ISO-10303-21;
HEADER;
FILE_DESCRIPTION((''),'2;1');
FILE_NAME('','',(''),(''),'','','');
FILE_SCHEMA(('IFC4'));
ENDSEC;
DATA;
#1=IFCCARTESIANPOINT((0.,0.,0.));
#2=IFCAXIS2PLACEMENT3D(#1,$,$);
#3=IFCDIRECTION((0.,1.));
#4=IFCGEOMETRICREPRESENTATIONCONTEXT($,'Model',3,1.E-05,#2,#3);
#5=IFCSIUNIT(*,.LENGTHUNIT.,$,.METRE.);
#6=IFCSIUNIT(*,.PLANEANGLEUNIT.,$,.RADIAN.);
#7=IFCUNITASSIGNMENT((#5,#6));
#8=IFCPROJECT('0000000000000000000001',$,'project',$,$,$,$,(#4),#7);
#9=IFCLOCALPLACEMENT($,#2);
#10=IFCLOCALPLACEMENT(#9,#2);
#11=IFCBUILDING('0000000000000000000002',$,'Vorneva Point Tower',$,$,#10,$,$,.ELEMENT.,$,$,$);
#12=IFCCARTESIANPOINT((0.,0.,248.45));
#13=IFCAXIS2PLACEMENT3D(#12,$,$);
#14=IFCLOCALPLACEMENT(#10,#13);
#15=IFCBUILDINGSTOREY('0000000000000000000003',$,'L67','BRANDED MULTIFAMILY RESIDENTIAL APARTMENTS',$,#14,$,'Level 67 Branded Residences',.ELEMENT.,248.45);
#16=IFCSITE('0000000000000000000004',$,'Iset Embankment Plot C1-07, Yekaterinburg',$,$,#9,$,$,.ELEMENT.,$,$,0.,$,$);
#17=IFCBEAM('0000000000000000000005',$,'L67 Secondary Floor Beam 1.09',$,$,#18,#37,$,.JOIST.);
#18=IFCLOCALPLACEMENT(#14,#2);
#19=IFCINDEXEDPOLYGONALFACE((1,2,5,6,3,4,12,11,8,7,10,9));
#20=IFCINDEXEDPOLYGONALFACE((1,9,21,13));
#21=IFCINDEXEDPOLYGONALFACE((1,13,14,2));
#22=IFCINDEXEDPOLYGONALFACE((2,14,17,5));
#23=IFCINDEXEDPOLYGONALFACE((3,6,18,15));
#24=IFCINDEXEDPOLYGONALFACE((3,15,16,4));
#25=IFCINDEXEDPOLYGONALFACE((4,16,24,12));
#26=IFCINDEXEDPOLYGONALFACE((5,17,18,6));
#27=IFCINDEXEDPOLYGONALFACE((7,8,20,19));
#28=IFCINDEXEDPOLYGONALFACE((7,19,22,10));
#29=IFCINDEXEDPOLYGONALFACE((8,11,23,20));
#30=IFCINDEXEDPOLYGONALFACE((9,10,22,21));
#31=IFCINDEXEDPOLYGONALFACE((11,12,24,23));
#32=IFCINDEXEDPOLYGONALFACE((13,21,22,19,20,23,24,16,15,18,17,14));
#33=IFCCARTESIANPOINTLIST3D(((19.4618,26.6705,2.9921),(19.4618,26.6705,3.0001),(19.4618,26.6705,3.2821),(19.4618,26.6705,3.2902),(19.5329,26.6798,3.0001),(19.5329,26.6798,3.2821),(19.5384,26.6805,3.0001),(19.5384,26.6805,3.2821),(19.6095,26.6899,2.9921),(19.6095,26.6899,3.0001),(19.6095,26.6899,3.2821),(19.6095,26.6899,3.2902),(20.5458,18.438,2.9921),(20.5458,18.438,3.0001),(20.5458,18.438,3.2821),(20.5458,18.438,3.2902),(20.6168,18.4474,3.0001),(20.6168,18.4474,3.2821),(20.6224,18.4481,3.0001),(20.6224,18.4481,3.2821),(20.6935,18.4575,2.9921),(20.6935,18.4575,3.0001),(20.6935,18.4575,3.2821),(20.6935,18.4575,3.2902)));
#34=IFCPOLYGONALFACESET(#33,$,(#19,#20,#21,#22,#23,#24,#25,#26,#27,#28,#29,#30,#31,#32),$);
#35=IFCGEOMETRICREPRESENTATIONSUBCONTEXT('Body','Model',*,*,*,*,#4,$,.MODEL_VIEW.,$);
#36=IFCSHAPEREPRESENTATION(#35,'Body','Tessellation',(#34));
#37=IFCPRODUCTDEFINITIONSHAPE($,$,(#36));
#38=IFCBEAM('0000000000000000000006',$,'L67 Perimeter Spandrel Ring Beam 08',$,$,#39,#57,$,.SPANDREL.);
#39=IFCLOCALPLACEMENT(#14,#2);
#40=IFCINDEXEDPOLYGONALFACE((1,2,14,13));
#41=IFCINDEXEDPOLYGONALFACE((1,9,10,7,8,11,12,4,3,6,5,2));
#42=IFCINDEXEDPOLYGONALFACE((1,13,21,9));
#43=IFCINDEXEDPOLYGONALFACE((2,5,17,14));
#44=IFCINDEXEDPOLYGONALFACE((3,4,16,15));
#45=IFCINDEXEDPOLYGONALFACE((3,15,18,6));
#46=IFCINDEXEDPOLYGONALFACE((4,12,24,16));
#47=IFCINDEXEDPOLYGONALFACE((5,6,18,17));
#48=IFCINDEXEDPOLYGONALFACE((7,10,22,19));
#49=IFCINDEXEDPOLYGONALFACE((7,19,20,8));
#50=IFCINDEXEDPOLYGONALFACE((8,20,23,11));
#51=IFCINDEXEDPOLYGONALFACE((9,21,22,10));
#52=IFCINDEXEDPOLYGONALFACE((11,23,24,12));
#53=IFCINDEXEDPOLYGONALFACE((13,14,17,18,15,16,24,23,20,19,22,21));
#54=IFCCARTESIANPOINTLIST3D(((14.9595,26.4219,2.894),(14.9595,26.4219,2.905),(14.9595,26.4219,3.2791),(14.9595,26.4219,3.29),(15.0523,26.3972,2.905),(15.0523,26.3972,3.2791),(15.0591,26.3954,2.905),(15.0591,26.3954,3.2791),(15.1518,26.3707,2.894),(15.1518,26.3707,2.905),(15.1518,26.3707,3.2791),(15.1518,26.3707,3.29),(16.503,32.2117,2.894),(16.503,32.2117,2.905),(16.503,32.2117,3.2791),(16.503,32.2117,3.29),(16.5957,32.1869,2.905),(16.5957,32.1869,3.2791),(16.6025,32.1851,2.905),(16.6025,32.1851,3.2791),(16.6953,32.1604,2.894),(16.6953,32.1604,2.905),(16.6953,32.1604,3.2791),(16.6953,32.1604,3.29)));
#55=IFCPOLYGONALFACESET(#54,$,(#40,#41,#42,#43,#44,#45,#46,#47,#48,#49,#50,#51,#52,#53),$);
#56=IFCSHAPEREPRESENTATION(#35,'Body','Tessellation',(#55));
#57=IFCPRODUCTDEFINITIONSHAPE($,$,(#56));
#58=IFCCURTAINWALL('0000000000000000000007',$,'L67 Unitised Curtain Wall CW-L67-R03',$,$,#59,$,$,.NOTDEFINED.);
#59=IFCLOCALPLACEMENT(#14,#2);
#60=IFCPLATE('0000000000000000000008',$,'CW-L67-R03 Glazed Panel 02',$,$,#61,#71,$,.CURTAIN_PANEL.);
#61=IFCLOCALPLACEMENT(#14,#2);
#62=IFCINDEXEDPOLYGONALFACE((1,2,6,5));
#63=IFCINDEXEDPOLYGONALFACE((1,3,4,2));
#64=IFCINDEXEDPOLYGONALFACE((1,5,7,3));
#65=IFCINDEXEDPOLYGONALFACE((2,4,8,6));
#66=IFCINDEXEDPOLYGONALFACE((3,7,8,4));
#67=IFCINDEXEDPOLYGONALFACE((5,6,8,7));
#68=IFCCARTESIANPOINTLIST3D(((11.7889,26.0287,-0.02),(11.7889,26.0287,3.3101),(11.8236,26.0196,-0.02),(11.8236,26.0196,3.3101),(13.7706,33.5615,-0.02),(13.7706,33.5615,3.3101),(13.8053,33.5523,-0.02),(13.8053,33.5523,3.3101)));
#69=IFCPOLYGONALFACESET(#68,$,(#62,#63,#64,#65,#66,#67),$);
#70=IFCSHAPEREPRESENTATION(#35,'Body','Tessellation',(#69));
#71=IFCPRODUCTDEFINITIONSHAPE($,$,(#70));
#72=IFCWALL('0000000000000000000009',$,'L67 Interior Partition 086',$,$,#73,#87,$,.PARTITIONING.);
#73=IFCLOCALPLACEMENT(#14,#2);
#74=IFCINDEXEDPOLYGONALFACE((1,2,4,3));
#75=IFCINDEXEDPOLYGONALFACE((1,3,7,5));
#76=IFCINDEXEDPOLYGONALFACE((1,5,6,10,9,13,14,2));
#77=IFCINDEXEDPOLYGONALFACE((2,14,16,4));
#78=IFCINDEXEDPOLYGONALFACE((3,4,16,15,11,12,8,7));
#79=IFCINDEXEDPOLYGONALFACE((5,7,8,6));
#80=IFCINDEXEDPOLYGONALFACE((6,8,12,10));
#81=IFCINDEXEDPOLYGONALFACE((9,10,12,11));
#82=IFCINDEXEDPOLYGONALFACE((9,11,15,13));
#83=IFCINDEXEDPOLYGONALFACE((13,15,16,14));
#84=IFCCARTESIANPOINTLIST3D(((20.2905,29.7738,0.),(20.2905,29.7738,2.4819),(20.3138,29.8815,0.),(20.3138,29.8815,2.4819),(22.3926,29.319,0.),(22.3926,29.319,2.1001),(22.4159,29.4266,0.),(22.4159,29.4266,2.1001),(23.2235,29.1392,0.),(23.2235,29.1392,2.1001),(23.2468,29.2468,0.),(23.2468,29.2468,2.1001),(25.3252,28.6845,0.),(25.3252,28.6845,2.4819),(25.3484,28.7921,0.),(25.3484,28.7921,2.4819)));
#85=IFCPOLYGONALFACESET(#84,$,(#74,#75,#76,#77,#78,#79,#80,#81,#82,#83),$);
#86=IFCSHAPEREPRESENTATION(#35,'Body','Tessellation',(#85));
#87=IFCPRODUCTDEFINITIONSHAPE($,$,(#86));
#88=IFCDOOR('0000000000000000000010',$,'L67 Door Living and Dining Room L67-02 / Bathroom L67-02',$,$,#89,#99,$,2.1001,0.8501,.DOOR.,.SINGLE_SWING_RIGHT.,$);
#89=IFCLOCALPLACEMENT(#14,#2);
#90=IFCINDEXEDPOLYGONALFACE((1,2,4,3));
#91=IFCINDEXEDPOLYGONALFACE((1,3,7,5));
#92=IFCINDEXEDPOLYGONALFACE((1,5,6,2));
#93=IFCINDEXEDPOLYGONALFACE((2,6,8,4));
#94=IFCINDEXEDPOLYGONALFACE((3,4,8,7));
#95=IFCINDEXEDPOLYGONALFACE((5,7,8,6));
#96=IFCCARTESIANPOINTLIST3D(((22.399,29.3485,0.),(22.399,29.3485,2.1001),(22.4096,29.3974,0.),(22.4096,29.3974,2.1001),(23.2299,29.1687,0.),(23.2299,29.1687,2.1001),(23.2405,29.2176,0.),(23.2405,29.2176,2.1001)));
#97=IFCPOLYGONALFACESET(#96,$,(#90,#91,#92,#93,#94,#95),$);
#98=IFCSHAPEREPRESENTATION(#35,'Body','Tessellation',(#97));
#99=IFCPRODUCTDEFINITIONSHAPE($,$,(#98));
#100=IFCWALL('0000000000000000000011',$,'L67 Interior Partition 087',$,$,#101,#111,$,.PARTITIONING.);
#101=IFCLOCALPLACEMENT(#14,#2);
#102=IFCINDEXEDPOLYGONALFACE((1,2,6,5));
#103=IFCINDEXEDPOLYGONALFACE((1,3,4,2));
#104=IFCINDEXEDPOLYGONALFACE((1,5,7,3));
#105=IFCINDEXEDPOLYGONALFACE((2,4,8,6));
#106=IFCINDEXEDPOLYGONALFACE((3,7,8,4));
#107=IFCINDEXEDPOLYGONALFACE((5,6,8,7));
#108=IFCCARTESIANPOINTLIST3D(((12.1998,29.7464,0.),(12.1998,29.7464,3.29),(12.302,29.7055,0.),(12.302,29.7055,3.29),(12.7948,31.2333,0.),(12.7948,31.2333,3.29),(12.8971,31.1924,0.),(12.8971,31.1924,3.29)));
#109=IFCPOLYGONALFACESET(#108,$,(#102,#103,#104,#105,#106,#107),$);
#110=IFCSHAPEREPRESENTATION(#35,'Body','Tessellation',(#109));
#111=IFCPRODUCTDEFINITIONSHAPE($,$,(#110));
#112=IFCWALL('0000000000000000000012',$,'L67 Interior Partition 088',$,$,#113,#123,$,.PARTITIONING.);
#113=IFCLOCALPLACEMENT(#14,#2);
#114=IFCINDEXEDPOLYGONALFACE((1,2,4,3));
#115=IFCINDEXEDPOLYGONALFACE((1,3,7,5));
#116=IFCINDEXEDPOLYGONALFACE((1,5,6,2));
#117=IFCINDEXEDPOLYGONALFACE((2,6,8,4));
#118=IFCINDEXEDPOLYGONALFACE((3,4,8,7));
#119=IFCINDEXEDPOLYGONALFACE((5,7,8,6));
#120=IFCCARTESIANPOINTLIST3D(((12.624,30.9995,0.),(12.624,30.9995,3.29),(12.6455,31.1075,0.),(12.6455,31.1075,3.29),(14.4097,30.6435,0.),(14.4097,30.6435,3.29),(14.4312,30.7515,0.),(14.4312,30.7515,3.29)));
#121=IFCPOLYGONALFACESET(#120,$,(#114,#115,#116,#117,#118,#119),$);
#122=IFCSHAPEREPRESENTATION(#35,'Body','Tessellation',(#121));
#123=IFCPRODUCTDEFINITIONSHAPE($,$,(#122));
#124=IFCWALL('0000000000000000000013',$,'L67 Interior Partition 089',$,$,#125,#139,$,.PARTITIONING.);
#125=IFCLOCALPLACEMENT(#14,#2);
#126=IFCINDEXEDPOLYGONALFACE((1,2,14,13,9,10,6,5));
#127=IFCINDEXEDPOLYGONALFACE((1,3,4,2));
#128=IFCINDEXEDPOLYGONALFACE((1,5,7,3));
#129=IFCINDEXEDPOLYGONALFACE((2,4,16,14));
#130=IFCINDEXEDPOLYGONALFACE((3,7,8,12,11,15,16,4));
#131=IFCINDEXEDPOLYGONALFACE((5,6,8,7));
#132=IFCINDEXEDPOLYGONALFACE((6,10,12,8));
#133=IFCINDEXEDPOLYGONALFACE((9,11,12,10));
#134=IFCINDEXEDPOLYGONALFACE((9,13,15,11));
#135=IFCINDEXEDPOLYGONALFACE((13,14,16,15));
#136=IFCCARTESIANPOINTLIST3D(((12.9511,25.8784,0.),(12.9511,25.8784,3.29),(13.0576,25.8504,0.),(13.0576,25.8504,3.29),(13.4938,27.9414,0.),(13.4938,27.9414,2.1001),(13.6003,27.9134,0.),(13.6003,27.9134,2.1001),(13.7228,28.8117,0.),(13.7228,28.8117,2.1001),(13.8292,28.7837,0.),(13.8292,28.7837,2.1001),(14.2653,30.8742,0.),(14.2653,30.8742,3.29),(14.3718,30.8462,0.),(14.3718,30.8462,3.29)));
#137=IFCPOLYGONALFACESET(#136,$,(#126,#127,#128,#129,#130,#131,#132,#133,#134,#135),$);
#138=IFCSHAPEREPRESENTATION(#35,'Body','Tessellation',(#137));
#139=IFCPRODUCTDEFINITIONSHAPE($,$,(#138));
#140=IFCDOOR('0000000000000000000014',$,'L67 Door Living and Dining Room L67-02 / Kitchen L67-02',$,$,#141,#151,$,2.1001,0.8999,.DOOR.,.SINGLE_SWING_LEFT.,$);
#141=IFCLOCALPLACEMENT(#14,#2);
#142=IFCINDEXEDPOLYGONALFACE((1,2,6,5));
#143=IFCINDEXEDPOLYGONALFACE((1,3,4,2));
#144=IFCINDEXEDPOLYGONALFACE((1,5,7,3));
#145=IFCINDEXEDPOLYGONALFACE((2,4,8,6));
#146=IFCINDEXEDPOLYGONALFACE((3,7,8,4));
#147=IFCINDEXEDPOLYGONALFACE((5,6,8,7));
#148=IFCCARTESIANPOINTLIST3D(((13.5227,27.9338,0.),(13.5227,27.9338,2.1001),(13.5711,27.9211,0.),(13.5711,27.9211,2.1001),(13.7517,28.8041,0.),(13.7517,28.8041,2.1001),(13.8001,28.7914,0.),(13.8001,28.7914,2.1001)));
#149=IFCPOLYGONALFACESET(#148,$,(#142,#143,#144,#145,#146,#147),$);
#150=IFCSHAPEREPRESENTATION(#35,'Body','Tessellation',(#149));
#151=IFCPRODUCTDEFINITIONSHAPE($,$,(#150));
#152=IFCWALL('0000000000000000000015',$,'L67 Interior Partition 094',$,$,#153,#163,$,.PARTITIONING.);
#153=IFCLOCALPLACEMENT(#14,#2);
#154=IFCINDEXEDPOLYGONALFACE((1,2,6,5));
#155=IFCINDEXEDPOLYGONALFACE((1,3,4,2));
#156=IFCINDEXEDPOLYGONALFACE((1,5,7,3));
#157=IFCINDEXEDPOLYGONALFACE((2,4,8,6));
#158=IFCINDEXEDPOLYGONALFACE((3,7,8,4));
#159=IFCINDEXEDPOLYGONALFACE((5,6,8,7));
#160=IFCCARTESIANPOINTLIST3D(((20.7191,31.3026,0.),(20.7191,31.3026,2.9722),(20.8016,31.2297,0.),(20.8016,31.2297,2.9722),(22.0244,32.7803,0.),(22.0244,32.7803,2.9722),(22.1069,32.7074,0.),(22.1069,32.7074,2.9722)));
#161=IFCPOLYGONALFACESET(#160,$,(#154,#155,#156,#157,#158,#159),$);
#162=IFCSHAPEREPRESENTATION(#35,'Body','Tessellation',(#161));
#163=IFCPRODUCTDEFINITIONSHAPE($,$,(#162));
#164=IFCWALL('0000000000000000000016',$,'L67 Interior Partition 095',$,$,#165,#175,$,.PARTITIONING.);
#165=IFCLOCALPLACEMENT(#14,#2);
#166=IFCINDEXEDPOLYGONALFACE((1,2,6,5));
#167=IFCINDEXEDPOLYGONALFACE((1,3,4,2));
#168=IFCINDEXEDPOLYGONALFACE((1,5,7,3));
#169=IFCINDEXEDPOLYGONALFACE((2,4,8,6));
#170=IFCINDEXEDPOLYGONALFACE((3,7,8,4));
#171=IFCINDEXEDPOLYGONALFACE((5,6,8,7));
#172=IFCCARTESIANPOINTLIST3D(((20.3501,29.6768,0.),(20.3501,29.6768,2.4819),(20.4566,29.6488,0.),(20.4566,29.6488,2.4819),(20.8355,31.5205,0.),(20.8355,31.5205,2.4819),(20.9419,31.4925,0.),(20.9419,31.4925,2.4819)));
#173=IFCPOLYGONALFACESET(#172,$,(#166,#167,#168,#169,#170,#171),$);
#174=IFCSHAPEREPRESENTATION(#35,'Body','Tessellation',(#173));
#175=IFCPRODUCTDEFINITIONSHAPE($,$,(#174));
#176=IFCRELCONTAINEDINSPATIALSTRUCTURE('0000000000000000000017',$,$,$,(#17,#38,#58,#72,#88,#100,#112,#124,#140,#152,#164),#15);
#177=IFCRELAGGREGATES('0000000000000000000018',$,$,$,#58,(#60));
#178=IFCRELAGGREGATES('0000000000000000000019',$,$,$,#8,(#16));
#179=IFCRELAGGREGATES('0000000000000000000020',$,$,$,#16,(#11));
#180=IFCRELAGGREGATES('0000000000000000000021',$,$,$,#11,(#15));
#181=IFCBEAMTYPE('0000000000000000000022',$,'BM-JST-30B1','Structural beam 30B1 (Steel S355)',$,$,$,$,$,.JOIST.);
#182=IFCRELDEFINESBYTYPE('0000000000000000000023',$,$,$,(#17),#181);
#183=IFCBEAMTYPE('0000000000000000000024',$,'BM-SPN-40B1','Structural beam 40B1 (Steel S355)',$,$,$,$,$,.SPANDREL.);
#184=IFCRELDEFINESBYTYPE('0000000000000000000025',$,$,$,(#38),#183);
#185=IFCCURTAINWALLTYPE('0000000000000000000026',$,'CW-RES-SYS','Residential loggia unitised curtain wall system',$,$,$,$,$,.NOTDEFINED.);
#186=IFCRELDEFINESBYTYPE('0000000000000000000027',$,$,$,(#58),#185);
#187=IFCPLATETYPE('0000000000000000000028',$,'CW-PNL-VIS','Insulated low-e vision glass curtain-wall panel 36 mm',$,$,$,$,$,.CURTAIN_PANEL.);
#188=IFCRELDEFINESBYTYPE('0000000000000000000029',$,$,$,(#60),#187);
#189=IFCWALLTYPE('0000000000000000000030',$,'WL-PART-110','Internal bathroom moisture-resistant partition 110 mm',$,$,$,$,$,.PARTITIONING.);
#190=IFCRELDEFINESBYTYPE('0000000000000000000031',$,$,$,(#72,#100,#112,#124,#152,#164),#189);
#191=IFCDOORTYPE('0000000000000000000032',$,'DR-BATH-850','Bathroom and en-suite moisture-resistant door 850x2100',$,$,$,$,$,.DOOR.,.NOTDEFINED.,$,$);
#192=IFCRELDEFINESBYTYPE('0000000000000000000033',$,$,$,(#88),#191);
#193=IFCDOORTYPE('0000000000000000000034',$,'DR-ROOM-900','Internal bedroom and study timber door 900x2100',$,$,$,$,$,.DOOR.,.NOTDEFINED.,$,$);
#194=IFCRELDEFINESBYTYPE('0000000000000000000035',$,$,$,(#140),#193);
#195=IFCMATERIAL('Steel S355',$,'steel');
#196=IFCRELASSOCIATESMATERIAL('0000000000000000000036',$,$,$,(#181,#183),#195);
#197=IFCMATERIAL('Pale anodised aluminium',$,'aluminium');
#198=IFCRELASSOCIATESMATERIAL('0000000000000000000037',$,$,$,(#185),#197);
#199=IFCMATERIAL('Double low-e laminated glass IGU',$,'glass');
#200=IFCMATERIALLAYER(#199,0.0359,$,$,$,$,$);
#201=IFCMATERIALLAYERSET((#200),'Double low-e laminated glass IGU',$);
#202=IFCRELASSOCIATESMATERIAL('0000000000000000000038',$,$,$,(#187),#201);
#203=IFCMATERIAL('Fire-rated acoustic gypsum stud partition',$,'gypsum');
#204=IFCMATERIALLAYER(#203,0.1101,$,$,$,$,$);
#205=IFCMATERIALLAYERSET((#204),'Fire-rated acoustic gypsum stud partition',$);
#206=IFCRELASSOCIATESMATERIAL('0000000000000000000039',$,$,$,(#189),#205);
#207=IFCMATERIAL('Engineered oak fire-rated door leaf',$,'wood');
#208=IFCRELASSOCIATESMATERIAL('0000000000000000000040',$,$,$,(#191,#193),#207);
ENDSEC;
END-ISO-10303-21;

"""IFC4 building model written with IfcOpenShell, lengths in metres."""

from ifc_helpers import new_model, si_unit, direction, frame, frame_2d, origin, origin_2d, place, context, subcontext, project, spatial, rectangle, i_section, extrude, material, layer, layer_set, material_profile, profile_set, type_object, element, fill, aggregate, save


model = new_model("IFC4")

# Units and contexts
model_context = context("Model", 3, precision=1e-05, world=origin(), true_north=direction((0.0, 1.0)))
body_context = subcontext(model_context, "Body", "Model", "MODEL_VIEW")
ifc_project = project(units=[si_unit("LENGTHUNIT", "METRE"), si_unit("PLANEANGLEUNIT", "RADIAN")], contexts=[model_context])

# Site, building, storey
site_placement = place(None, origin())
site = spatial("IfcSite", under=ifc_project, at=site_placement, Name="Iset Embankment Plot C1-07, Yekaterinburg", CompositionType="ELEMENT", RefElevation=0.0)
building_placement = place(site_placement, origin())
building = spatial("IfcBuilding", under=site, at=building_placement, Name="Vorneva Point Tower", CompositionType="ELEMENT")
storey_placement = place(building_placement, frame((0.0, 0.0, 248.45)))
storey = spatial("IfcBuildingStorey", under=building, at=storey_placement, Name="L67", Description="BRANDED MULTIFAMILY RESIDENTIAL APARTMENTS", LongName="Level 67 Branded Residences", CompositionType="ELEMENT", Elevation=248.45)

# Beams
ifc_material_1 = material(Name="Steel S355", Category="steel")
ifc_material_profile_1 = material_profile(ifc_material_1, i_section(OverallWidth=0.1489, OverallDepth=0.2981, WebThickness=0.0056, FlangeThickness=0.0081, at=origin_2d()), Name="30B1")
ifc_profile_set_1 = profile_set([ifc_material_profile_1], Name="Steel S355")
beam_type_1 = type_object("IfcBeamType", Name="BM-JST-30B1", Description="Structural beam 30B1 (Steel S355)", PredefinedType="JOIST", material=ifc_profile_set_1)
beam_1_placement = place(storey_placement, frame((19.5356, 26.6802, 3.1411), z_axis=(0.130546, -0.991442, 0.0), x_axis=(0.991442, 0.130546, 0.0)))
element("IfcBeam", 1, at=beam_1_placement, inside=storey, type_object=beam_type_1, Name="L67 Secondary Floor Beam 1.09", PredefinedType="JOIST", context=body_context, shape_type="SweptSolid", body=[
    extrude(i_section(OverallWidth=0.1489, OverallDepth=0.2981, WebThickness=0.0056, FlangeThickness=0.0081, at=origin_2d()), origin(), (0.0, 0.0, 1.0), 8.3035),
])
ifc_material_profile_2 = material_profile(ifc_material_1, i_section(OverallWidth=0.199, OverallDepth=0.396, WebThickness=0.0071, FlangeThickness=0.011, at=origin_2d()), Name="40B1")
ifc_profile_set_2 = profile_set([ifc_material_profile_2], Name="Steel S355")
beam_type_2 = type_object("IfcBeamType", Name="BM-SPN-40B1", Description="Structural beam 40B1 (Steel S355)", PredefinedType="SPANDREL", material=ifc_profile_set_2)
beam_2_placement = place(storey_placement, frame((16.5991, 32.186, 3.092), z_axis=(-0.257587, -0.966255, 0.0), x_axis=(0.966255, -0.257587, 0.0)))
element("IfcBeam", 2, at=beam_2_placement, inside=storey, type_object=beam_type_2, Name="L67 Perimeter Spandrel Ring Beam 08", PredefinedType="SPANDREL", context=body_context, shape_type="SweptSolid", body=[
    extrude(i_section(OverallWidth=0.199, OverallDepth=0.396, WebThickness=0.0071, FlangeThickness=0.011, at=origin_2d()), origin(), (0.0, 0.0, 1.0), 5.9919),
])

# Curtain wall, plate
ifc_material_2 = material(Name="Pale anodised aluminium", Category="aluminium")
curtain_wall_type = type_object("IfcCurtainWallType", Name="CW-RES-SYS", Description="Residential loggia unitised curtain wall system", PredefinedType="NOTDEFINED", material=ifc_material_2)
curtain_wall_placement = place(storey_placement, origin())
curtain_wall = element("IfcCurtainWall", 3, at=curtain_wall_placement, inside=storey, type_object=curtain_wall_type, Name="L67 Unitised Curtain Wall CW-L67-R03", PredefinedType="NOTDEFINED")
ifc_material_3 = material(Name="Double low-e laminated glass IGU", Category="glass")
ifc_layer_1 = layer(ifc_material_3, 0.0359)
ifc_layer_set_1 = layer_set([ifc_layer_1], Name="Double low-e laminated glass IGU")
plate_type = type_object("IfcPlateType", Name="CW-PNL-VIS", Description="Insulated low-e vision glass curtain-wall panel 36 mm", PredefinedType="CURTAIN_PANEL", material=ifc_layer_set_1)
plate_placement = place(storey_placement, frame((12.7971, 29.7905, -0.02), z_axis=(0.0, 0.0, 1.0), x_axis=(-0.254416, -0.967095, 0.0)))
plate = element("IfcPlate", 4, at=plate_placement, type_object=plate_type, Name="CW-L67-R03 Glazed Panel 02", PredefinedType="CURTAIN_PANEL", context=body_context, shape_type="SweptSolid", body=[
    extrude(rectangle(XDim=7.7891, YDim=0.0359, at=origin_2d()), origin(), (0.0, 0.0, 1.0), 3.3301),
])
aggregate(curtain_wall, [plate])

# Wall, opening, door
ifc_material_4 = material(Name="Fire-rated acoustic gypsum stud partition", Category="gypsum")
ifc_layer_2 = layer(ifc_material_4, 0.1101)
ifc_layer_set_2 = layer_set([ifc_layer_2], Name="Fire-rated acoustic gypsum stud partition")
wall_type_1 = type_object("IfcWallType", Name="WL-PART-110", Description="Internal bathroom moisture-resistant partition 110 mm", PredefinedType="PARTITIONING", material=ifc_layer_set_2)
wall_1_placement = place(storey_placement, frame((25.3369, 28.7383, 0.0), z_axis=(0.0, 0.0, 1.0), x_axis=(-0.977383, 0.211477, 0.0)))
wall_1 = element("IfcWall", 5, at=wall_1_placement, inside=storey, type_object=wall_type_1, Name="L67 Interior Partition 086", PredefinedType="PARTITIONING", context=body_context, shape_type="SweptSolid", body=[
    extrude(rectangle(XDim=5.1511, YDim=0.1101, at=frame_2d((2.5757, 0.0))), origin(), (0.0, 0.0, 1.0), 2.4819),
])
opening_1_placement = place(wall_1_placement, frame((2.1504, 0.0, 0.0)))
opening_1 = element("IfcOpeningElement", 6, at=opening_1_placement, cuts=wall_1, PredefinedType="OPENING", context=body_context, shape_type="SweptSolid", body=[
    extrude(rectangle(XDim=0.8501, YDim=2.1001, at=frame_2d((0.425, 1.05))), frame((0.0, 0.0698, 0.0), z_axis=(0.0, -1.0, 0.0), x_axis=(1.0, 0.0, 0.0)), (0.0, 0.0, 1.0), 0.1399),
])
ifc_material_5 = material(Name="Engineered oak fire-rated door leaf", Category="wood")
door_type_1 = type_object("IfcDoorType", Name="DR-BATH-850", Description="Bathroom and en-suite moisture-resistant door 850x2100", OperationType="NOTDEFINED", PredefinedType="DOOR", material=ifc_material_5)
door_1_placement = place(opening_1_placement, origin())
door_1 = element("IfcDoor", 7, at=door_1_placement, inside=storey, type_object=door_type_1, Name="L67 Door Living and Dining Room L67-02 / Bathroom L67-02", OperationType="SINGLE_SWING_RIGHT", OverallHeight=2.1001, OverallWidth=0.8501, PredefinedType="DOOR", context=body_context, shape_type="SweptSolid", body=[
    extrude(rectangle(XDim=0.8501, YDim=2.1001, at=frame_2d((0.425, 1.05))), frame((0.0, 0.0249, 0.0), z_axis=(0.0, -1.0, 0.0), x_axis=(1.0, 0.0, 0.0)), (0.0, 0.0, 1.0), 0.05),
])
fill(opening_1, door_1)

# Walls
wall_2_placement = place(storey_placement, frame((12.8459, 31.2129, 0.0), z_axis=(0.0, 0.0, 1.0), x_axis=(-0.371522, -0.928424, 0.0)))
element("IfcWall", 8, at=wall_2_placement, inside=storey, type_object=wall_type_1, Name="L67 Interior Partition 087", PredefinedType="PARTITIONING", context=body_context, shape_type="SweptSolid", body=[
    extrude(rectangle(XDim=1.6016, YDim=0.1101, at=frame_2d((0.8008, 0.0))), origin(), (0.0, 0.0, 1.0), 3.29),
])
wall_3_placement = place(storey_placement, frame((12.6348, 31.0535, 0.0), z_axis=(0.0, 0.0, 1.0), x_axis=(0.980704, -0.195497, 0.0)))
element("IfcWall", 9, at=wall_3_placement, inside=storey, type_object=wall_type_1, Name="L67 Interior Partition 088", PredefinedType="PARTITIONING", context=body_context, shape_type="SweptSolid", body=[
    extrude(rectangle(XDim=1.8208, YDim=0.1101, at=frame_2d((0.9104, 0.0))), origin(), (0.0, 0.0, 1.0), 3.29),
])

# Wall, opening, door
wall_4_placement = place(storey_placement, frame((14.3186, 30.8604, 0.0), z_axis=(0.0, 0.0, 1.0), x_axis=(-0.254405, -0.967098, 0.0)))
wall_4 = element("IfcWall", 10, at=wall_4_placement, inside=storey, type_object=wall_type_1, Name="L67 Interior Partition 089", PredefinedType="PARTITIONING", context=body_context, shape_type="SweptSolid", body=[
    extrude(rectangle(XDim=5.1658, YDim=0.1101, at=frame_2d((2.583, 0.0))), origin(), (0.0, 0.0, 1.0), 3.29),
])
opening_2_placement = place(wall_4_placement, frame((2.1328, 0.0, 0.0)))
opening_2 = element("IfcOpeningElement", 11, at=opening_2_placement, cuts=wall_4, PredefinedType="OPENING", context=body_context, shape_type="SweptSolid", body=[
    extrude(rectangle(XDim=0.8999, YDim=2.1001, at=frame_2d((0.45, 1.05))), frame((0.0, 0.0698, 0.0), z_axis=(0.0, -1.0, 0.0), x_axis=(1.0, 0.0, 0.0)), (0.0, 0.0, 1.0), 0.1399),
])
door_type_2 = type_object("IfcDoorType", Name="DR-ROOM-900", Description="Internal bedroom and study timber door 900x2100", OperationType="NOTDEFINED", PredefinedType="DOOR", material=ifc_material_5)
door_2_placement = place(opening_2_placement, origin())
door_2 = element("IfcDoor", 12, at=door_2_placement, inside=storey, type_object=door_type_2, Name="L67 Door Living and Dining Room L67-02 / Kitchen L67-02", OperationType="SINGLE_SWING_LEFT", OverallHeight=2.1001, OverallWidth=0.8999, PredefinedType="DOOR", context=body_context, shape_type="SweptSolid", body=[
    extrude(rectangle(XDim=0.8999, YDim=2.1001, at=frame_2d((0.45, 1.05))), frame((0.0, 0.0249, 0.0), z_axis=(0.0, -1.0, 0.0), x_axis=(1.0, 0.0, 0.0)), (0.0, 0.0, 1.0), 0.05),
])
fill(opening_2, door_2)

# Walls
wall_5_placement = place(storey_placement, frame((22.0657, 32.7439, 0.0), z_axis=(0.0, 0.0, 1.0), x_axis=(-0.662047, -0.749462, 0.0)))
element("IfcWall", 13, at=wall_5_placement, inside=storey, type_object=wall_type_1, Name="L67 Interior Partition 094", PredefinedType="PARTITIONING", context=body_context, shape_type="SweptSolid", body=[
    extrude(rectangle(XDim=1.9717, YDim=0.1101, at=frame_2d((0.9858, 0.0))), origin(), (0.0, 0.0, 1.0), 2.9722),
])
wall_6_placement = place(storey_placement, frame((20.8887, 31.5063, 0.0), z_axis=(0.0, 0.0, 1.0), x_axis=(-0.254569, -0.967055, 0.0)))
element("IfcWall", 14, at=wall_6_placement, inside=storey, type_object=wall_type_1, Name="L67 Interior Partition 095", PredefinedType="PARTITIONING", context=body_context, shape_type="SweptSolid", body=[
    extrude(rectangle(XDim=1.9065, YDim=0.1101, at=frame_2d((0.9531, 0.0))), origin(), (0.0, 0.0, 1.0), 2.4819),
])

save(model, "model.ifc")
